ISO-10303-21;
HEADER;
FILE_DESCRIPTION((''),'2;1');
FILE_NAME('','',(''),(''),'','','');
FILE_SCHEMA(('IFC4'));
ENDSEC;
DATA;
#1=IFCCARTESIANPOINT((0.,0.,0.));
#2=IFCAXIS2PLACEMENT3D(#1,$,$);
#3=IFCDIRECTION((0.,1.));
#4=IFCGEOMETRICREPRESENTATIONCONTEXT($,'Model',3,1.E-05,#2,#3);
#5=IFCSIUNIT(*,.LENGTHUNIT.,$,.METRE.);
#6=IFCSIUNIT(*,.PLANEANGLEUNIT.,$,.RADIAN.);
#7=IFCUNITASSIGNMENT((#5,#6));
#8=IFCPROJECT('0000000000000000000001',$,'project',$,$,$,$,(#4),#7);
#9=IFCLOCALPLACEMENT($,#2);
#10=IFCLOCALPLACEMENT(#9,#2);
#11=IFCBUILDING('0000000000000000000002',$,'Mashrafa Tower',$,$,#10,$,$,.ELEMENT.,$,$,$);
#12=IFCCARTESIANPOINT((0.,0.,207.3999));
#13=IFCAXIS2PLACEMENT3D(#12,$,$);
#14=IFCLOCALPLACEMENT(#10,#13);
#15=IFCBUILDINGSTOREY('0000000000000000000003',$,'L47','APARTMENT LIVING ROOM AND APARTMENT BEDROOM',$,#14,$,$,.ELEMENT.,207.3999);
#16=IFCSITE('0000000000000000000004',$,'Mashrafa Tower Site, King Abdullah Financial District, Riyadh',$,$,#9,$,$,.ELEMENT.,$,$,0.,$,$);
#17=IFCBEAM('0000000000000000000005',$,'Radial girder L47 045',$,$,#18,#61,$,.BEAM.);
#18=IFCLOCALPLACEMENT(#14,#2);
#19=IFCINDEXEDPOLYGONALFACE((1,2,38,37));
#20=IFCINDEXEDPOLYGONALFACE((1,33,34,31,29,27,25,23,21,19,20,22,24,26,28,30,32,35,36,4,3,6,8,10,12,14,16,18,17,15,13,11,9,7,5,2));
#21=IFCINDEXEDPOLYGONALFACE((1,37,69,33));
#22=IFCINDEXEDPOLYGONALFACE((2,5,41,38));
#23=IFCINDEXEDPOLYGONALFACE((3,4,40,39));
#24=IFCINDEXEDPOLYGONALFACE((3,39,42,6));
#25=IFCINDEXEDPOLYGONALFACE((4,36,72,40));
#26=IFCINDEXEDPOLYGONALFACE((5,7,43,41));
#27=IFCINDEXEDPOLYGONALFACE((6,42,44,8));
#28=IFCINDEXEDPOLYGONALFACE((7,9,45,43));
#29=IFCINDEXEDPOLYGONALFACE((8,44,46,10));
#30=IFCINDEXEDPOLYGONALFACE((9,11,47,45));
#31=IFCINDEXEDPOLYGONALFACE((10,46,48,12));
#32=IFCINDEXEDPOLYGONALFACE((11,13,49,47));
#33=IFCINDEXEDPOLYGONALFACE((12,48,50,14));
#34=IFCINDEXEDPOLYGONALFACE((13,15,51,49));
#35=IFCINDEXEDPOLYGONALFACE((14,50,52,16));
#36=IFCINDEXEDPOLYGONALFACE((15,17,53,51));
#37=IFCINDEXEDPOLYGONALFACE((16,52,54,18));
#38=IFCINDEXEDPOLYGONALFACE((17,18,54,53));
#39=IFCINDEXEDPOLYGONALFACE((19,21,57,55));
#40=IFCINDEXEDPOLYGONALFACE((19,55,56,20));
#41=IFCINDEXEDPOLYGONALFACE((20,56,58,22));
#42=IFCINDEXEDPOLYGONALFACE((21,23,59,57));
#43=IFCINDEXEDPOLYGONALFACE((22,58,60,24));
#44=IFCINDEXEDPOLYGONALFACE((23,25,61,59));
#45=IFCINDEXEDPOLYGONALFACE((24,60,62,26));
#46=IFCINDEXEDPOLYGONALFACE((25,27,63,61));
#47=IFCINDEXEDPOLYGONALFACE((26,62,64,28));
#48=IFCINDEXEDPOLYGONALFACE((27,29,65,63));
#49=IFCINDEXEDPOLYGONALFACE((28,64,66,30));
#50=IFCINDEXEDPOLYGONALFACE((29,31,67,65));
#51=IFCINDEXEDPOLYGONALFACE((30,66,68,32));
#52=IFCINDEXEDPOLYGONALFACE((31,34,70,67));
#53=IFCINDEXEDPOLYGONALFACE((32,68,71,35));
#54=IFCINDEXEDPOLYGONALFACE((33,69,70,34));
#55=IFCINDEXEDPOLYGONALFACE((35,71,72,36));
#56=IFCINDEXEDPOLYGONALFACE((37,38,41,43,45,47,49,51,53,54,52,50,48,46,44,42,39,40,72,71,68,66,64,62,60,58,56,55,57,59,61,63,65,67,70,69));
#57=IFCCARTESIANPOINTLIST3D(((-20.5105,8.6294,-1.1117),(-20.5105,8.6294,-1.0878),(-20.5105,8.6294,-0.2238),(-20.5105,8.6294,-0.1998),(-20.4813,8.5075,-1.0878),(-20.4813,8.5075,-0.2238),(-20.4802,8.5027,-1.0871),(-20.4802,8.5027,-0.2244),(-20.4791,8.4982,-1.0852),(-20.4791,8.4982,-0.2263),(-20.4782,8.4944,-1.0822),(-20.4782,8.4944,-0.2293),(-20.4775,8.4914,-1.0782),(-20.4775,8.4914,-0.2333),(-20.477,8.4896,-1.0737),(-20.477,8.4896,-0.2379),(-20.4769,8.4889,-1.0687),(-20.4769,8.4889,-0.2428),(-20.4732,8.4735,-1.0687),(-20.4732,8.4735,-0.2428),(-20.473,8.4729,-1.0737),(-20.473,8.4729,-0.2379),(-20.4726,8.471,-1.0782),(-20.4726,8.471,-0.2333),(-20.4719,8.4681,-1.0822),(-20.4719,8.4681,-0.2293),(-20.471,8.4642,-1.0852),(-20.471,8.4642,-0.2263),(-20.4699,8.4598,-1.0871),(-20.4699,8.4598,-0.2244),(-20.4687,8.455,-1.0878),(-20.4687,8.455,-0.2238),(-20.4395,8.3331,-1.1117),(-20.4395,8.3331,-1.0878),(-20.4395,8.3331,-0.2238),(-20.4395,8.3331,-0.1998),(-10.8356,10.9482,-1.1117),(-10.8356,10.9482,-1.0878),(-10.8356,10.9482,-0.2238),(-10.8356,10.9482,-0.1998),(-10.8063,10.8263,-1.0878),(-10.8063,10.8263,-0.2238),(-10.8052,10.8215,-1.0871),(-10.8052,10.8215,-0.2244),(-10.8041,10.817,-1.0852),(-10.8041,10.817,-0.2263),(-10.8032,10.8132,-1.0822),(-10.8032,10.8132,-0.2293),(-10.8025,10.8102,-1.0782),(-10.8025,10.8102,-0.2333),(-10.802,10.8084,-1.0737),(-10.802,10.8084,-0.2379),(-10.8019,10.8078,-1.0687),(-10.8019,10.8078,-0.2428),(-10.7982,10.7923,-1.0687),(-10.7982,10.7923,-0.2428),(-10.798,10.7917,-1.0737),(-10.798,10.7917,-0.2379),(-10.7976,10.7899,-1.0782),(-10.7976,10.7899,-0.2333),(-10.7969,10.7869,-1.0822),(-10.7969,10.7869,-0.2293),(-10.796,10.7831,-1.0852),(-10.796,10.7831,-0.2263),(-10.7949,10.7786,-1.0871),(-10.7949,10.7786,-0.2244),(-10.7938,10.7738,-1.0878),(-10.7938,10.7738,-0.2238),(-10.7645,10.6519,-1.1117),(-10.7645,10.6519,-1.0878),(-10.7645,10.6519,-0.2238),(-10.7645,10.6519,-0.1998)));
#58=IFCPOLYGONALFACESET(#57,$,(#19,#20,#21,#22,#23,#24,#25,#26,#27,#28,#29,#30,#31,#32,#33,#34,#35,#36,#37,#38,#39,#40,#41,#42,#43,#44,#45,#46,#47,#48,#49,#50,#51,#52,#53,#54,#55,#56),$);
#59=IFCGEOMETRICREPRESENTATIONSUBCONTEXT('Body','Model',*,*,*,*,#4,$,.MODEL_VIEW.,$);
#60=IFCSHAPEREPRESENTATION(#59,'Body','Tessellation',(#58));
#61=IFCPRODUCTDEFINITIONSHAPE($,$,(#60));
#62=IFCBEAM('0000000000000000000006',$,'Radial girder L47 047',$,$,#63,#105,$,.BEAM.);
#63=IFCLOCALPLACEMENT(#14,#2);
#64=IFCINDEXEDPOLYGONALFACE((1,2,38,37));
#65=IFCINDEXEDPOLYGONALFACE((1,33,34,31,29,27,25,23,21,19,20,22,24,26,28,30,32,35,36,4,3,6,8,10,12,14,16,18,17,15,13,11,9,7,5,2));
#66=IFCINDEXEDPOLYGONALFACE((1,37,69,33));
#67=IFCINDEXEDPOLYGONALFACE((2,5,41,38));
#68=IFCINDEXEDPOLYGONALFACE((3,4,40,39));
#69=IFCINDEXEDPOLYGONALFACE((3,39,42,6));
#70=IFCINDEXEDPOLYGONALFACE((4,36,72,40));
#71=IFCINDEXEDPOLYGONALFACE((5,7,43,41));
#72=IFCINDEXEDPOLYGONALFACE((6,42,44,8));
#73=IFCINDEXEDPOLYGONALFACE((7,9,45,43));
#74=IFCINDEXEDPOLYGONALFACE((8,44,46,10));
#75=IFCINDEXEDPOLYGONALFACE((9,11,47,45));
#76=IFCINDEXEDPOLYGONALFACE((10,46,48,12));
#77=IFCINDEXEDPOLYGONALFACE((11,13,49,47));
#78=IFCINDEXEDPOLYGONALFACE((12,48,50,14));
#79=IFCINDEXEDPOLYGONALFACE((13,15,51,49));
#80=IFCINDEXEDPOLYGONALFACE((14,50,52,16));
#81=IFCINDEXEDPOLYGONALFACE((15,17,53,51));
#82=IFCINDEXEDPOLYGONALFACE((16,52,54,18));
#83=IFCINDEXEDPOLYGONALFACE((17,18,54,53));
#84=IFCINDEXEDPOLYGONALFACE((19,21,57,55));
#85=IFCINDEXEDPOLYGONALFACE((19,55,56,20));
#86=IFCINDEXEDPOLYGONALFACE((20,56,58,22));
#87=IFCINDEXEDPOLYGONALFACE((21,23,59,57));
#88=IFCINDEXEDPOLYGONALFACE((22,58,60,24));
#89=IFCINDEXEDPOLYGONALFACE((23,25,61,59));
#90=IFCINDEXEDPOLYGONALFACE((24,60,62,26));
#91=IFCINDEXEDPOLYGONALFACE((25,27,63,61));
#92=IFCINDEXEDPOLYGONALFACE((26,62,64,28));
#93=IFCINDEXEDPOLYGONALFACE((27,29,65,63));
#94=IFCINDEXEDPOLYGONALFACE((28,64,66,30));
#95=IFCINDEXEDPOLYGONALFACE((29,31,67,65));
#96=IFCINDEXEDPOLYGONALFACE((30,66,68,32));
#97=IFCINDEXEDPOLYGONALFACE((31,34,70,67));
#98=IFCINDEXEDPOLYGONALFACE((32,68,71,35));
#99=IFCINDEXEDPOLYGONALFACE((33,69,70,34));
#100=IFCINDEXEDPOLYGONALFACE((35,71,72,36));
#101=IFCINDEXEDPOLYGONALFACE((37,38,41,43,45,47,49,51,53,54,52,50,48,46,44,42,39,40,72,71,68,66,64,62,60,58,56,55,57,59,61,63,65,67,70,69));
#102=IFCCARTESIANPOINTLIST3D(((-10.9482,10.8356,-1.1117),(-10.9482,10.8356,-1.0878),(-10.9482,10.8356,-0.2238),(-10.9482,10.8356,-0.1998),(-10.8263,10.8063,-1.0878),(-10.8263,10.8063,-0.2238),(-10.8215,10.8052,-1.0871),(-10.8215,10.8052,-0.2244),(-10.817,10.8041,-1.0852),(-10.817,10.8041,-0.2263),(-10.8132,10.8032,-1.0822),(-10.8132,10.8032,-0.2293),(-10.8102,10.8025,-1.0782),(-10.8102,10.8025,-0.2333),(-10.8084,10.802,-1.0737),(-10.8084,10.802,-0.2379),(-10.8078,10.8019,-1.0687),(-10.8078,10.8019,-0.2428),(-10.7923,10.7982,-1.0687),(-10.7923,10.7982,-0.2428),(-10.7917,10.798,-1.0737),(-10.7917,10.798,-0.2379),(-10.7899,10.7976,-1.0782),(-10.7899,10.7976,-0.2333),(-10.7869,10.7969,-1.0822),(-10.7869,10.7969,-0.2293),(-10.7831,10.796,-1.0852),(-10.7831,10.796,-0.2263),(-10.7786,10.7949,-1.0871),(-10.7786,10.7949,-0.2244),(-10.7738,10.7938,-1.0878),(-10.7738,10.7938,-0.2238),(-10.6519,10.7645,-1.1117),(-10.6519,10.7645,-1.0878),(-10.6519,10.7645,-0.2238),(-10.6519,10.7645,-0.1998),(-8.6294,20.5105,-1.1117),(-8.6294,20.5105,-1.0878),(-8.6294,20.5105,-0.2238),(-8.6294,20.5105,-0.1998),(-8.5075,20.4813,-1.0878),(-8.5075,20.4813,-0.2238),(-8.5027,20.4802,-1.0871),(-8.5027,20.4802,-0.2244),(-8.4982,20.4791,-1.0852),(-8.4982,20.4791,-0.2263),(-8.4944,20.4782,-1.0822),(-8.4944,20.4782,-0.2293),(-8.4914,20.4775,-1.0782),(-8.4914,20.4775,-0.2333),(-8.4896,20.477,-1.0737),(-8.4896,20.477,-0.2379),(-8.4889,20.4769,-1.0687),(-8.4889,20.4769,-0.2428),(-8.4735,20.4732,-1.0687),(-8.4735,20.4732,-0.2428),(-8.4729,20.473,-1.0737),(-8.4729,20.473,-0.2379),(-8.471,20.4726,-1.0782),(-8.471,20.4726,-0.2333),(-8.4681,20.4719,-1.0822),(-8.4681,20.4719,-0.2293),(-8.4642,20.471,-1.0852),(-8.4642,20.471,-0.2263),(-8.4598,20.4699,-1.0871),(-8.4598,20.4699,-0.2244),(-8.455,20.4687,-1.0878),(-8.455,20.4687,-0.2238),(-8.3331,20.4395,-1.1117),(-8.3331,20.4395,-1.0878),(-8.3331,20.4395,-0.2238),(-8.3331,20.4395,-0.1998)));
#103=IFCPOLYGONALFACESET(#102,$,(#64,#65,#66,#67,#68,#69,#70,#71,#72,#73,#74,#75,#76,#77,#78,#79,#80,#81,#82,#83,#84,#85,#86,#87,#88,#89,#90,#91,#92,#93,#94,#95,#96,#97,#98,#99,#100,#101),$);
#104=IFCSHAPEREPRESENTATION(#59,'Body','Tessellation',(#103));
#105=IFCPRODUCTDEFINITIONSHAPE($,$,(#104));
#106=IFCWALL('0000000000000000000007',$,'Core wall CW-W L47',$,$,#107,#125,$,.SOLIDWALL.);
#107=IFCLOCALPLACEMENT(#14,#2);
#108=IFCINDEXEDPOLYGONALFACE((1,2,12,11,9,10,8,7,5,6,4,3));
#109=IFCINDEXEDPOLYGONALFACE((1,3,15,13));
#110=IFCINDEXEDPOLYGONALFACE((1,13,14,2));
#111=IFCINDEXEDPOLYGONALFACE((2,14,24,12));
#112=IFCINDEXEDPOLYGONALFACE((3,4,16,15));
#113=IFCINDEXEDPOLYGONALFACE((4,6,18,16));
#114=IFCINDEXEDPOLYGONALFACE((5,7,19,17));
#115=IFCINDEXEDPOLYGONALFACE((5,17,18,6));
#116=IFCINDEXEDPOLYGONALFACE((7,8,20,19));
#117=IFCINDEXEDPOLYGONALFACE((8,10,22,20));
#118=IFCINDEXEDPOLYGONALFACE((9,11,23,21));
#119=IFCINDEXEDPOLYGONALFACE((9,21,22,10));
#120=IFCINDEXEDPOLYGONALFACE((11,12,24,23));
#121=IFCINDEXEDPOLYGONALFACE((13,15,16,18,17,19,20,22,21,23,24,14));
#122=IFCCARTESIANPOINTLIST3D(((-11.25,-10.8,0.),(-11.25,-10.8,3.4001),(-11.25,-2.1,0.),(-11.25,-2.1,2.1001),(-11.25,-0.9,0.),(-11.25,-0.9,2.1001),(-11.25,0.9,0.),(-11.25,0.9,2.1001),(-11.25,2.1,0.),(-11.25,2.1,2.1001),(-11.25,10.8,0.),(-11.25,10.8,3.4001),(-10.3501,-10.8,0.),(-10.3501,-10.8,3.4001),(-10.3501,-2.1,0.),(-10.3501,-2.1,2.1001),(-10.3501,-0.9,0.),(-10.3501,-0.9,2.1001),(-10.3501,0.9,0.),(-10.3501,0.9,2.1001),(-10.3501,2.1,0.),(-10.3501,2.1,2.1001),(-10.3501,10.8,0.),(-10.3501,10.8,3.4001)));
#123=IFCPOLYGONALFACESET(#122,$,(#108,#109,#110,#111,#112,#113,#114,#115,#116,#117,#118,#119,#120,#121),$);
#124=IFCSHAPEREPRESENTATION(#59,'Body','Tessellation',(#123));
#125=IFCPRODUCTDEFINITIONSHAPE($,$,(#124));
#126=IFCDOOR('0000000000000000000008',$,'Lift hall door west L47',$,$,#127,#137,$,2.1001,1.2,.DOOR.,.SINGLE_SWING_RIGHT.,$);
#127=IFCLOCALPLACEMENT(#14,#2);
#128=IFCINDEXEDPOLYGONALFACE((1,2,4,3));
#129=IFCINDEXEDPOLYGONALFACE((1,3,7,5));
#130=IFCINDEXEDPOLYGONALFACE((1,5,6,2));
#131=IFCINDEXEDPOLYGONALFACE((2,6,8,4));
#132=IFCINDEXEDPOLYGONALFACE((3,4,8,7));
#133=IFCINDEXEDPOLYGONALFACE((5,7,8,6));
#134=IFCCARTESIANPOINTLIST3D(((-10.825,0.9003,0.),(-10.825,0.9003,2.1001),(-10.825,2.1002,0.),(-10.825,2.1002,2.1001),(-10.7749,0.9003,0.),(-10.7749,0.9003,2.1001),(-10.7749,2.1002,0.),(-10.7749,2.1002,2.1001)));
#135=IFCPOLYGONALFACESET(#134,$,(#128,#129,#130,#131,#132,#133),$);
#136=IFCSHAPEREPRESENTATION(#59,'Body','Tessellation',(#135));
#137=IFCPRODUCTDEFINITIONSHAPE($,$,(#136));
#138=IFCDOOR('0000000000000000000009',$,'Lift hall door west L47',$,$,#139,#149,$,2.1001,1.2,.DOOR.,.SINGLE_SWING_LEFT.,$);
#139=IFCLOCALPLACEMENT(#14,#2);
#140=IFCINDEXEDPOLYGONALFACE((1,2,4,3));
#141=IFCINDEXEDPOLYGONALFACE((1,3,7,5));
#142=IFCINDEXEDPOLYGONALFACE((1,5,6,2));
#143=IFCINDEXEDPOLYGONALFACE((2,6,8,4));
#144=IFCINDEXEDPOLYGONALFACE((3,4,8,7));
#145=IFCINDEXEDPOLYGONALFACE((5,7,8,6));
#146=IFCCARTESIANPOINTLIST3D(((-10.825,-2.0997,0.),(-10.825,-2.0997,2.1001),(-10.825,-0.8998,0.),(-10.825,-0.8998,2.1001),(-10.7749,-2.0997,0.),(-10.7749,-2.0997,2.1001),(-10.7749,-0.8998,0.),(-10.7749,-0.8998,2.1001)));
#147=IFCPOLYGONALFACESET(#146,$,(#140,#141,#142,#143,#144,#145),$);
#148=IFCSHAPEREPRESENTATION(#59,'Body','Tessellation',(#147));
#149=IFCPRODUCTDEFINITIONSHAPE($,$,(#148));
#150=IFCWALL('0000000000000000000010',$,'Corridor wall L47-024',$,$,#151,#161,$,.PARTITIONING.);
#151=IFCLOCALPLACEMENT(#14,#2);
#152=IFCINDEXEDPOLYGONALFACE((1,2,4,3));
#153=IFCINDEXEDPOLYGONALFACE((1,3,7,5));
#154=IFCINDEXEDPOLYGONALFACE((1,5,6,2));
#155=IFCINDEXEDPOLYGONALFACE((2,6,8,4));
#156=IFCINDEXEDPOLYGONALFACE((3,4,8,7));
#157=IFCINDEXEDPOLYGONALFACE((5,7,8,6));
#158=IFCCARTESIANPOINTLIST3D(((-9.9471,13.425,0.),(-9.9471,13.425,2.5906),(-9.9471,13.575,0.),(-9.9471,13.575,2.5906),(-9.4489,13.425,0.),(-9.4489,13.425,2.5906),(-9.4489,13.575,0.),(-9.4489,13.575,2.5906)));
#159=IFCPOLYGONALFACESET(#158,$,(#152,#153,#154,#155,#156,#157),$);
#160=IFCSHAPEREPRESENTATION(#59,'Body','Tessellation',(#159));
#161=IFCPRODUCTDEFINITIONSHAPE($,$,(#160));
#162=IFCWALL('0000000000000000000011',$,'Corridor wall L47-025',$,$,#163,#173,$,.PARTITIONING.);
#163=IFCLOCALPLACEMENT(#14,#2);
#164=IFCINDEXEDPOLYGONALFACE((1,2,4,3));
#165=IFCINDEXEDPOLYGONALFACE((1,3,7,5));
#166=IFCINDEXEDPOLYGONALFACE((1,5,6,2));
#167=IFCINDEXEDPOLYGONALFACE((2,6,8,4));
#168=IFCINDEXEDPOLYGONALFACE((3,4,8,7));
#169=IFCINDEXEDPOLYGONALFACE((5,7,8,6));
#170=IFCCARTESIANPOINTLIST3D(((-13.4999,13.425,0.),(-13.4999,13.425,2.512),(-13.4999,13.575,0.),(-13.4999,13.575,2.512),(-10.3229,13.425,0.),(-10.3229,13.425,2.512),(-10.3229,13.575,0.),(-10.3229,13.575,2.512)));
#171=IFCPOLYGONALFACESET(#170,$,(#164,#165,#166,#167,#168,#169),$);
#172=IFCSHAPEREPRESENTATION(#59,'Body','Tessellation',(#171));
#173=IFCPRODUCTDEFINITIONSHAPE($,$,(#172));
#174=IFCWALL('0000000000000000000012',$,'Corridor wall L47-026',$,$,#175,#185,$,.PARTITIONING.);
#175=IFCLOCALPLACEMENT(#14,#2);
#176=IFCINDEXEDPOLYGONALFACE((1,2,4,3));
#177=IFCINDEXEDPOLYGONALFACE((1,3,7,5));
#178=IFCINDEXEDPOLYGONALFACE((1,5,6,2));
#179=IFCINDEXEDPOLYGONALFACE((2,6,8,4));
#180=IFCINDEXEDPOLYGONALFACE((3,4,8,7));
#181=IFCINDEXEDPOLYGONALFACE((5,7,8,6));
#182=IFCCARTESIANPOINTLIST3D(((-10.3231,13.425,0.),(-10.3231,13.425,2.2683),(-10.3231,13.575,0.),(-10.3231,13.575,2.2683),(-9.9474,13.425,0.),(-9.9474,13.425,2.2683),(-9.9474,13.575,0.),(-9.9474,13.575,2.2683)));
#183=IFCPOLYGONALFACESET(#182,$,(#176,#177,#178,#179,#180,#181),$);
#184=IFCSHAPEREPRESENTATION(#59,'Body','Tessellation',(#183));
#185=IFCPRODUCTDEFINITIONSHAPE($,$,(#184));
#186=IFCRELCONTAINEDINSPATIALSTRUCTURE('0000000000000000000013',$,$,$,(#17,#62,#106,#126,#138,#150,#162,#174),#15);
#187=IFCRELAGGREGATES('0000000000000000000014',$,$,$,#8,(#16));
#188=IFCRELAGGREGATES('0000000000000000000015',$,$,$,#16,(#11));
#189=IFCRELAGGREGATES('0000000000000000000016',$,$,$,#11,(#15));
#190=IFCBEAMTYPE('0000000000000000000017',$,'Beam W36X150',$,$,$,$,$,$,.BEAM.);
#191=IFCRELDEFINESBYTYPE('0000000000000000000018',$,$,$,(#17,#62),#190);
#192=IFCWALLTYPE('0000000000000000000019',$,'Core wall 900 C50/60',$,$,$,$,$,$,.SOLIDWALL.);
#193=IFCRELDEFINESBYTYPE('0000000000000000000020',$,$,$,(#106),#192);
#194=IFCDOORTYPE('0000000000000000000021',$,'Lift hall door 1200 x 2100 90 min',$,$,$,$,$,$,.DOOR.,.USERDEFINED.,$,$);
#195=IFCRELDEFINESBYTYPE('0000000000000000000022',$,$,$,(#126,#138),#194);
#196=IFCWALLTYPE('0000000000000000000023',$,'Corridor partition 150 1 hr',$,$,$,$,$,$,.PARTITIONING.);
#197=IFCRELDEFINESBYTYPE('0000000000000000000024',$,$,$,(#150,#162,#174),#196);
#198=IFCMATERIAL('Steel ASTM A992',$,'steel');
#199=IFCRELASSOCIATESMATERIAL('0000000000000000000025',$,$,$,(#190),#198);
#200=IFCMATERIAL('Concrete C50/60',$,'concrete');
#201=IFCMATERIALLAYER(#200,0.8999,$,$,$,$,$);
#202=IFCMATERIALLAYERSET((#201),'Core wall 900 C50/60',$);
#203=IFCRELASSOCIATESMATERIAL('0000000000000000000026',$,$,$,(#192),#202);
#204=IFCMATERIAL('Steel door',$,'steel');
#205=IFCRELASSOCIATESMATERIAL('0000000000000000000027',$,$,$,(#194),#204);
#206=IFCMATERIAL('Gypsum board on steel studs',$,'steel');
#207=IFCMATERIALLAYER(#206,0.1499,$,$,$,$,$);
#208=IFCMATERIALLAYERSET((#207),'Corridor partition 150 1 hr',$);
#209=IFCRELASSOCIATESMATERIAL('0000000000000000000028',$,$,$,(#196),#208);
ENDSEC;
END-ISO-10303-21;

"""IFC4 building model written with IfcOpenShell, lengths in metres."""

from ifc_helpers import new_model, si_unit, direction, frame, frame_2d, origin, origin_2d, place, context, subcontext, project, spatial, rectangle, i_section, extrude, material, layer, layer_set, material_profile, profile_set, type_object, element, fill, save


model = new_model("IFC4")

# Units and contexts
model_context = context("Model", 3, precision=1e-05, world=origin(), true_north=direction((0.0, 1.0)))
body_context = subcontext(model_context, "Body", "Model", "MODEL_VIEW")
ifc_project = project(units=[si_unit("LENGTHUNIT", "METRE"), si_unit("PLANEANGLEUNIT", "RADIAN")], contexts=[model_context])

# Site, building, storey
site_placement = place(None, origin())
site = spatial("IfcSite", under=ifc_project, at=site_placement, Name="Mashrafa Tower Site, King Abdullah Financial District, Riyadh", CompositionType="ELEMENT", RefElevation=0.0)
building_placement = place(site_placement, origin())
building = spatial("IfcBuilding", under=site, at=building_placement, Name="Mashrafa Tower", CompositionType="ELEMENT")
storey_placement = place(building_placement, frame((0.0, 0.0, 207.3999)))
storey = spatial("IfcBuildingStorey", under=building, at=storey_placement, Name="L47", Description="APARTMENT LIVING ROOM AND APARTMENT BEDROOM", CompositionType="ELEMENT", Elevation=207.3999)

# Beams
ifc_material_1 = material(Name="Steel ASTM A992", Category="steel")
ifc_material_profile_1 = material_profile(ifc_material_1, i_section(OverallWidth=0.3047, OverallDepth=0.9119, WebThickness=0.0159, FlangeThickness=0.0239, FilletRadius=0.019, at=origin_2d()), Name="W36X150")
ifc_profile_set_1 = profile_set([ifc_material_profile_1], Name="Steel ASTM A992")
beam_type_1 = type_object("IfcBeamType", Name="Beam W36X150", PredefinedType="BEAM", material=ifc_profile_set_1)
for number, where, z_axis, x_axis, name in (
    (1, (-10.8, 10.8, -0.6558), (-0.972459, -0.233072, 0.0), (0.233072, -0.972459, 0.0), "Radial girder L47 045"),
    (2, (-10.8, 10.8, -0.6558), (0.233072, 0.972459, 0.0), (-0.972459, 0.233072, 0.0), "Radial girder L47 047"),
):
    element("IfcBeam", number, at=place(storey_placement, frame(where, z_axis=z_axis, x_axis=x_axis)), inside=storey, type_object=beam_type_1, Name=name, PredefinedType="BEAM", context=body_context, shape_type="SweptSolid", body=[
        extrude(i_section(OverallWidth=0.3047, OverallDepth=0.9119, WebThickness=0.0159, FlangeThickness=0.0239, FilletRadius=0.019, at=origin_2d()), origin(), (0.0, 0.0, 1.0), 9.949),
    ])

# Wall, openings, doors
ifc_material_2 = material(Name="Concrete C50/60", Category="concrete")
ifc_layer_1 = layer(ifc_material_2, 0.8999)
ifc_layer_set_1 = layer_set([ifc_layer_1], Name="Core wall 900 C50/60")
wall_type_1 = type_object("IfcWallType", Name="Core wall 900 C50/60", PredefinedType="SOLIDWALL", material=ifc_layer_set_1)
wall_1_placement = place(storey_placement, frame((-10.8, 10.8, 0.0), z_axis=(0.0, 0.0, 1.0), x_axis=(0.0, -1.0, 0.0)))
wall_1 = element("IfcWall", 3, at=wall_1_placement, inside=storey, type_object=wall_type_1, Name="Core wall CW-W L47", PredefinedType="SOLIDWALL", context=body_context, shape_type="SweptSolid", body=[
    extrude(rectangle(XDim=21.6001, YDim=0.8999, at=frame_2d((10.8, 0.0))), origin(), (0.0, 0.0, 1.0), 3.4001),
])
opening_1_placement = place(wall_1_placement, frame((8.7, 0.0, 0.0)))
opening_1 = element("IfcOpeningElement", 4, at=opening_1_placement, cuts=wall_1, PredefinedType="OPENING", context=body_context, shape_type="SweptSolid", body=[
    extrude(rectangle(XDim=1.2, YDim=2.1001, at=frame_2d((0.6001, 1.05))), frame((0.0, 0.46, 0.0), z_axis=(0.0, -1.0, 0.0), x_axis=(1.0, 0.0, 0.0)), (0.0, 0.0, 1.0), 0.9199),
])
opening_2_placement = place(wall_1_placement, frame((11.7, 0.0, 0.0)))
opening_2 = element("IfcOpeningElement", 5, at=opening_2_placement, cuts=wall_1, PredefinedType="OPENING", context=body_context, shape_type="SweptSolid", body=[
    extrude(rectangle(XDim=1.2, YDim=2.1001, at=frame_2d((0.6001, 1.05))), frame((0.0, 0.46, 0.0), z_axis=(0.0, -1.0, 0.0), x_axis=(1.0, 0.0, 0.0)), (0.0, 0.0, 1.0), 0.9199),
])
ifc_material_3 = material(Name="Steel door", Category="steel")
door_type_1 = type_object("IfcDoorType", Name="Lift hall door 1200 x 2100 90 min", OperationType="USERDEFINED", PredefinedType="DOOR", material=ifc_material_3)
door_1_placement = place(opening_1_placement, frame((1.2, 0.0, 0.0), z_axis=(0.0, 0.0, 1.0), x_axis=(-1.0, 0.0, 0.0)))
door_1 = element("IfcDoor", 6, at=door_1_placement, inside=storey, type_object=door_type_1, Name="Lift hall door west L47", OperationType="SINGLE_SWING_RIGHT", OverallHeight=2.1001, OverallWidth=1.2, PredefinedType="DOOR", context=body_context, shape_type="SweptSolid", body=[
    extrude(rectangle(XDim=1.2, YDim=2.1001, at=frame_2d((0.6001, 1.05))), frame((0.0, 0.0249, 0.0), z_axis=(0.0, -1.0, 0.0), x_axis=(1.0, 0.0, 0.0)), (0.0, 0.0, 1.0), 0.05),
])
fill(opening_1, door_1)
door_2_placement = place(opening_2_placement, frame((1.2, 0.0, 0.0), z_axis=(0.0, 0.0, 1.0), x_axis=(-1.0, 0.0, 0.0)))
door_2 = element("IfcDoor", 7, at=door_2_placement, inside=storey, type_object=door_type_1, Name="Lift hall door west L47", OperationType="SINGLE_SWING_LEFT", OverallHeight=2.1001, OverallWidth=1.2, PredefinedType="DOOR", context=body_context, shape_type="SweptSolid", body=[
    extrude(rectangle(XDim=1.2, YDim=2.1001, at=frame_2d((0.6001, 1.05))), frame((0.0, 0.0249, 0.0), z_axis=(0.0, -1.0, 0.0), x_axis=(1.0, 0.0, 0.0)), (0.0, 0.0, 1.0), 0.05),
])
fill(opening_2, door_2)

# Walls
ifc_material_4 = material(Name="Gypsum board on steel studs", Category="steel")
ifc_layer_2 = layer(ifc_material_4, 0.1499)
ifc_layer_set_2 = layer_set([ifc_layer_2], Name="Corridor partition 150 1 hr")
wall_type_2 = type_object("IfcWallType", Name="Corridor partition 150 1 hr", PredefinedType="PARTITIONING", material=ifc_layer_set_2)
wall_2_placement = place(storey_placement, frame((-9.449, 13.5, 0.0), z_axis=(0.0, 0.0, 1.0), x_axis=(-1.0, 0.0, 0.0)))
element("IfcWall", 8, at=wall_2_placement, inside=storey, type_object=wall_type_2, Name="Corridor wall L47-024", PredefinedType="PARTITIONING", context=body_context, shape_type="SweptSolid", body=[
    extrude(rectangle(XDim=0.4983, YDim=0.1499, at=frame_2d((0.249, 0.0))), origin(), (0.0, 0.0, 1.0), 2.5906),
])
wall_3_placement = place(storey_placement, frame((-10.323, 13.5, 0.0), z_axis=(0.0, 0.0, 1.0), x_axis=(-1.0, 0.0, 0.0)))
element("IfcWall", 9, at=wall_3_placement, inside=storey, type_object=wall_type_2, Name="Corridor wall L47-025", PredefinedType="PARTITIONING", context=body_context, shape_type="SweptSolid", body=[
    extrude(rectangle(XDim=3.177, YDim=0.1499, at=frame_2d((1.5884, 0.0))), origin(), (0.0, 0.0, 1.0), 2.512),
])
wall_4_placement = place(storey_placement, frame((-9.9473, 13.5, 0.0), z_axis=(0.0, 0.0, 1.0), x_axis=(-1.0, 0.0, 0.0)))
element("IfcWall", 10, at=wall_4_placement, inside=storey, type_object=wall_type_2, Name="Corridor wall L47-026", PredefinedType="PARTITIONING", context=body_context, shape_type="SweptSolid", body=[
    extrude(rectangle(XDim=0.3757, YDim=0.1499, at=frame_2d((0.188, 0.0))), origin(), (0.0, 0.0, 1.0), 2.2683),
])

save(model, "model.ifc")
